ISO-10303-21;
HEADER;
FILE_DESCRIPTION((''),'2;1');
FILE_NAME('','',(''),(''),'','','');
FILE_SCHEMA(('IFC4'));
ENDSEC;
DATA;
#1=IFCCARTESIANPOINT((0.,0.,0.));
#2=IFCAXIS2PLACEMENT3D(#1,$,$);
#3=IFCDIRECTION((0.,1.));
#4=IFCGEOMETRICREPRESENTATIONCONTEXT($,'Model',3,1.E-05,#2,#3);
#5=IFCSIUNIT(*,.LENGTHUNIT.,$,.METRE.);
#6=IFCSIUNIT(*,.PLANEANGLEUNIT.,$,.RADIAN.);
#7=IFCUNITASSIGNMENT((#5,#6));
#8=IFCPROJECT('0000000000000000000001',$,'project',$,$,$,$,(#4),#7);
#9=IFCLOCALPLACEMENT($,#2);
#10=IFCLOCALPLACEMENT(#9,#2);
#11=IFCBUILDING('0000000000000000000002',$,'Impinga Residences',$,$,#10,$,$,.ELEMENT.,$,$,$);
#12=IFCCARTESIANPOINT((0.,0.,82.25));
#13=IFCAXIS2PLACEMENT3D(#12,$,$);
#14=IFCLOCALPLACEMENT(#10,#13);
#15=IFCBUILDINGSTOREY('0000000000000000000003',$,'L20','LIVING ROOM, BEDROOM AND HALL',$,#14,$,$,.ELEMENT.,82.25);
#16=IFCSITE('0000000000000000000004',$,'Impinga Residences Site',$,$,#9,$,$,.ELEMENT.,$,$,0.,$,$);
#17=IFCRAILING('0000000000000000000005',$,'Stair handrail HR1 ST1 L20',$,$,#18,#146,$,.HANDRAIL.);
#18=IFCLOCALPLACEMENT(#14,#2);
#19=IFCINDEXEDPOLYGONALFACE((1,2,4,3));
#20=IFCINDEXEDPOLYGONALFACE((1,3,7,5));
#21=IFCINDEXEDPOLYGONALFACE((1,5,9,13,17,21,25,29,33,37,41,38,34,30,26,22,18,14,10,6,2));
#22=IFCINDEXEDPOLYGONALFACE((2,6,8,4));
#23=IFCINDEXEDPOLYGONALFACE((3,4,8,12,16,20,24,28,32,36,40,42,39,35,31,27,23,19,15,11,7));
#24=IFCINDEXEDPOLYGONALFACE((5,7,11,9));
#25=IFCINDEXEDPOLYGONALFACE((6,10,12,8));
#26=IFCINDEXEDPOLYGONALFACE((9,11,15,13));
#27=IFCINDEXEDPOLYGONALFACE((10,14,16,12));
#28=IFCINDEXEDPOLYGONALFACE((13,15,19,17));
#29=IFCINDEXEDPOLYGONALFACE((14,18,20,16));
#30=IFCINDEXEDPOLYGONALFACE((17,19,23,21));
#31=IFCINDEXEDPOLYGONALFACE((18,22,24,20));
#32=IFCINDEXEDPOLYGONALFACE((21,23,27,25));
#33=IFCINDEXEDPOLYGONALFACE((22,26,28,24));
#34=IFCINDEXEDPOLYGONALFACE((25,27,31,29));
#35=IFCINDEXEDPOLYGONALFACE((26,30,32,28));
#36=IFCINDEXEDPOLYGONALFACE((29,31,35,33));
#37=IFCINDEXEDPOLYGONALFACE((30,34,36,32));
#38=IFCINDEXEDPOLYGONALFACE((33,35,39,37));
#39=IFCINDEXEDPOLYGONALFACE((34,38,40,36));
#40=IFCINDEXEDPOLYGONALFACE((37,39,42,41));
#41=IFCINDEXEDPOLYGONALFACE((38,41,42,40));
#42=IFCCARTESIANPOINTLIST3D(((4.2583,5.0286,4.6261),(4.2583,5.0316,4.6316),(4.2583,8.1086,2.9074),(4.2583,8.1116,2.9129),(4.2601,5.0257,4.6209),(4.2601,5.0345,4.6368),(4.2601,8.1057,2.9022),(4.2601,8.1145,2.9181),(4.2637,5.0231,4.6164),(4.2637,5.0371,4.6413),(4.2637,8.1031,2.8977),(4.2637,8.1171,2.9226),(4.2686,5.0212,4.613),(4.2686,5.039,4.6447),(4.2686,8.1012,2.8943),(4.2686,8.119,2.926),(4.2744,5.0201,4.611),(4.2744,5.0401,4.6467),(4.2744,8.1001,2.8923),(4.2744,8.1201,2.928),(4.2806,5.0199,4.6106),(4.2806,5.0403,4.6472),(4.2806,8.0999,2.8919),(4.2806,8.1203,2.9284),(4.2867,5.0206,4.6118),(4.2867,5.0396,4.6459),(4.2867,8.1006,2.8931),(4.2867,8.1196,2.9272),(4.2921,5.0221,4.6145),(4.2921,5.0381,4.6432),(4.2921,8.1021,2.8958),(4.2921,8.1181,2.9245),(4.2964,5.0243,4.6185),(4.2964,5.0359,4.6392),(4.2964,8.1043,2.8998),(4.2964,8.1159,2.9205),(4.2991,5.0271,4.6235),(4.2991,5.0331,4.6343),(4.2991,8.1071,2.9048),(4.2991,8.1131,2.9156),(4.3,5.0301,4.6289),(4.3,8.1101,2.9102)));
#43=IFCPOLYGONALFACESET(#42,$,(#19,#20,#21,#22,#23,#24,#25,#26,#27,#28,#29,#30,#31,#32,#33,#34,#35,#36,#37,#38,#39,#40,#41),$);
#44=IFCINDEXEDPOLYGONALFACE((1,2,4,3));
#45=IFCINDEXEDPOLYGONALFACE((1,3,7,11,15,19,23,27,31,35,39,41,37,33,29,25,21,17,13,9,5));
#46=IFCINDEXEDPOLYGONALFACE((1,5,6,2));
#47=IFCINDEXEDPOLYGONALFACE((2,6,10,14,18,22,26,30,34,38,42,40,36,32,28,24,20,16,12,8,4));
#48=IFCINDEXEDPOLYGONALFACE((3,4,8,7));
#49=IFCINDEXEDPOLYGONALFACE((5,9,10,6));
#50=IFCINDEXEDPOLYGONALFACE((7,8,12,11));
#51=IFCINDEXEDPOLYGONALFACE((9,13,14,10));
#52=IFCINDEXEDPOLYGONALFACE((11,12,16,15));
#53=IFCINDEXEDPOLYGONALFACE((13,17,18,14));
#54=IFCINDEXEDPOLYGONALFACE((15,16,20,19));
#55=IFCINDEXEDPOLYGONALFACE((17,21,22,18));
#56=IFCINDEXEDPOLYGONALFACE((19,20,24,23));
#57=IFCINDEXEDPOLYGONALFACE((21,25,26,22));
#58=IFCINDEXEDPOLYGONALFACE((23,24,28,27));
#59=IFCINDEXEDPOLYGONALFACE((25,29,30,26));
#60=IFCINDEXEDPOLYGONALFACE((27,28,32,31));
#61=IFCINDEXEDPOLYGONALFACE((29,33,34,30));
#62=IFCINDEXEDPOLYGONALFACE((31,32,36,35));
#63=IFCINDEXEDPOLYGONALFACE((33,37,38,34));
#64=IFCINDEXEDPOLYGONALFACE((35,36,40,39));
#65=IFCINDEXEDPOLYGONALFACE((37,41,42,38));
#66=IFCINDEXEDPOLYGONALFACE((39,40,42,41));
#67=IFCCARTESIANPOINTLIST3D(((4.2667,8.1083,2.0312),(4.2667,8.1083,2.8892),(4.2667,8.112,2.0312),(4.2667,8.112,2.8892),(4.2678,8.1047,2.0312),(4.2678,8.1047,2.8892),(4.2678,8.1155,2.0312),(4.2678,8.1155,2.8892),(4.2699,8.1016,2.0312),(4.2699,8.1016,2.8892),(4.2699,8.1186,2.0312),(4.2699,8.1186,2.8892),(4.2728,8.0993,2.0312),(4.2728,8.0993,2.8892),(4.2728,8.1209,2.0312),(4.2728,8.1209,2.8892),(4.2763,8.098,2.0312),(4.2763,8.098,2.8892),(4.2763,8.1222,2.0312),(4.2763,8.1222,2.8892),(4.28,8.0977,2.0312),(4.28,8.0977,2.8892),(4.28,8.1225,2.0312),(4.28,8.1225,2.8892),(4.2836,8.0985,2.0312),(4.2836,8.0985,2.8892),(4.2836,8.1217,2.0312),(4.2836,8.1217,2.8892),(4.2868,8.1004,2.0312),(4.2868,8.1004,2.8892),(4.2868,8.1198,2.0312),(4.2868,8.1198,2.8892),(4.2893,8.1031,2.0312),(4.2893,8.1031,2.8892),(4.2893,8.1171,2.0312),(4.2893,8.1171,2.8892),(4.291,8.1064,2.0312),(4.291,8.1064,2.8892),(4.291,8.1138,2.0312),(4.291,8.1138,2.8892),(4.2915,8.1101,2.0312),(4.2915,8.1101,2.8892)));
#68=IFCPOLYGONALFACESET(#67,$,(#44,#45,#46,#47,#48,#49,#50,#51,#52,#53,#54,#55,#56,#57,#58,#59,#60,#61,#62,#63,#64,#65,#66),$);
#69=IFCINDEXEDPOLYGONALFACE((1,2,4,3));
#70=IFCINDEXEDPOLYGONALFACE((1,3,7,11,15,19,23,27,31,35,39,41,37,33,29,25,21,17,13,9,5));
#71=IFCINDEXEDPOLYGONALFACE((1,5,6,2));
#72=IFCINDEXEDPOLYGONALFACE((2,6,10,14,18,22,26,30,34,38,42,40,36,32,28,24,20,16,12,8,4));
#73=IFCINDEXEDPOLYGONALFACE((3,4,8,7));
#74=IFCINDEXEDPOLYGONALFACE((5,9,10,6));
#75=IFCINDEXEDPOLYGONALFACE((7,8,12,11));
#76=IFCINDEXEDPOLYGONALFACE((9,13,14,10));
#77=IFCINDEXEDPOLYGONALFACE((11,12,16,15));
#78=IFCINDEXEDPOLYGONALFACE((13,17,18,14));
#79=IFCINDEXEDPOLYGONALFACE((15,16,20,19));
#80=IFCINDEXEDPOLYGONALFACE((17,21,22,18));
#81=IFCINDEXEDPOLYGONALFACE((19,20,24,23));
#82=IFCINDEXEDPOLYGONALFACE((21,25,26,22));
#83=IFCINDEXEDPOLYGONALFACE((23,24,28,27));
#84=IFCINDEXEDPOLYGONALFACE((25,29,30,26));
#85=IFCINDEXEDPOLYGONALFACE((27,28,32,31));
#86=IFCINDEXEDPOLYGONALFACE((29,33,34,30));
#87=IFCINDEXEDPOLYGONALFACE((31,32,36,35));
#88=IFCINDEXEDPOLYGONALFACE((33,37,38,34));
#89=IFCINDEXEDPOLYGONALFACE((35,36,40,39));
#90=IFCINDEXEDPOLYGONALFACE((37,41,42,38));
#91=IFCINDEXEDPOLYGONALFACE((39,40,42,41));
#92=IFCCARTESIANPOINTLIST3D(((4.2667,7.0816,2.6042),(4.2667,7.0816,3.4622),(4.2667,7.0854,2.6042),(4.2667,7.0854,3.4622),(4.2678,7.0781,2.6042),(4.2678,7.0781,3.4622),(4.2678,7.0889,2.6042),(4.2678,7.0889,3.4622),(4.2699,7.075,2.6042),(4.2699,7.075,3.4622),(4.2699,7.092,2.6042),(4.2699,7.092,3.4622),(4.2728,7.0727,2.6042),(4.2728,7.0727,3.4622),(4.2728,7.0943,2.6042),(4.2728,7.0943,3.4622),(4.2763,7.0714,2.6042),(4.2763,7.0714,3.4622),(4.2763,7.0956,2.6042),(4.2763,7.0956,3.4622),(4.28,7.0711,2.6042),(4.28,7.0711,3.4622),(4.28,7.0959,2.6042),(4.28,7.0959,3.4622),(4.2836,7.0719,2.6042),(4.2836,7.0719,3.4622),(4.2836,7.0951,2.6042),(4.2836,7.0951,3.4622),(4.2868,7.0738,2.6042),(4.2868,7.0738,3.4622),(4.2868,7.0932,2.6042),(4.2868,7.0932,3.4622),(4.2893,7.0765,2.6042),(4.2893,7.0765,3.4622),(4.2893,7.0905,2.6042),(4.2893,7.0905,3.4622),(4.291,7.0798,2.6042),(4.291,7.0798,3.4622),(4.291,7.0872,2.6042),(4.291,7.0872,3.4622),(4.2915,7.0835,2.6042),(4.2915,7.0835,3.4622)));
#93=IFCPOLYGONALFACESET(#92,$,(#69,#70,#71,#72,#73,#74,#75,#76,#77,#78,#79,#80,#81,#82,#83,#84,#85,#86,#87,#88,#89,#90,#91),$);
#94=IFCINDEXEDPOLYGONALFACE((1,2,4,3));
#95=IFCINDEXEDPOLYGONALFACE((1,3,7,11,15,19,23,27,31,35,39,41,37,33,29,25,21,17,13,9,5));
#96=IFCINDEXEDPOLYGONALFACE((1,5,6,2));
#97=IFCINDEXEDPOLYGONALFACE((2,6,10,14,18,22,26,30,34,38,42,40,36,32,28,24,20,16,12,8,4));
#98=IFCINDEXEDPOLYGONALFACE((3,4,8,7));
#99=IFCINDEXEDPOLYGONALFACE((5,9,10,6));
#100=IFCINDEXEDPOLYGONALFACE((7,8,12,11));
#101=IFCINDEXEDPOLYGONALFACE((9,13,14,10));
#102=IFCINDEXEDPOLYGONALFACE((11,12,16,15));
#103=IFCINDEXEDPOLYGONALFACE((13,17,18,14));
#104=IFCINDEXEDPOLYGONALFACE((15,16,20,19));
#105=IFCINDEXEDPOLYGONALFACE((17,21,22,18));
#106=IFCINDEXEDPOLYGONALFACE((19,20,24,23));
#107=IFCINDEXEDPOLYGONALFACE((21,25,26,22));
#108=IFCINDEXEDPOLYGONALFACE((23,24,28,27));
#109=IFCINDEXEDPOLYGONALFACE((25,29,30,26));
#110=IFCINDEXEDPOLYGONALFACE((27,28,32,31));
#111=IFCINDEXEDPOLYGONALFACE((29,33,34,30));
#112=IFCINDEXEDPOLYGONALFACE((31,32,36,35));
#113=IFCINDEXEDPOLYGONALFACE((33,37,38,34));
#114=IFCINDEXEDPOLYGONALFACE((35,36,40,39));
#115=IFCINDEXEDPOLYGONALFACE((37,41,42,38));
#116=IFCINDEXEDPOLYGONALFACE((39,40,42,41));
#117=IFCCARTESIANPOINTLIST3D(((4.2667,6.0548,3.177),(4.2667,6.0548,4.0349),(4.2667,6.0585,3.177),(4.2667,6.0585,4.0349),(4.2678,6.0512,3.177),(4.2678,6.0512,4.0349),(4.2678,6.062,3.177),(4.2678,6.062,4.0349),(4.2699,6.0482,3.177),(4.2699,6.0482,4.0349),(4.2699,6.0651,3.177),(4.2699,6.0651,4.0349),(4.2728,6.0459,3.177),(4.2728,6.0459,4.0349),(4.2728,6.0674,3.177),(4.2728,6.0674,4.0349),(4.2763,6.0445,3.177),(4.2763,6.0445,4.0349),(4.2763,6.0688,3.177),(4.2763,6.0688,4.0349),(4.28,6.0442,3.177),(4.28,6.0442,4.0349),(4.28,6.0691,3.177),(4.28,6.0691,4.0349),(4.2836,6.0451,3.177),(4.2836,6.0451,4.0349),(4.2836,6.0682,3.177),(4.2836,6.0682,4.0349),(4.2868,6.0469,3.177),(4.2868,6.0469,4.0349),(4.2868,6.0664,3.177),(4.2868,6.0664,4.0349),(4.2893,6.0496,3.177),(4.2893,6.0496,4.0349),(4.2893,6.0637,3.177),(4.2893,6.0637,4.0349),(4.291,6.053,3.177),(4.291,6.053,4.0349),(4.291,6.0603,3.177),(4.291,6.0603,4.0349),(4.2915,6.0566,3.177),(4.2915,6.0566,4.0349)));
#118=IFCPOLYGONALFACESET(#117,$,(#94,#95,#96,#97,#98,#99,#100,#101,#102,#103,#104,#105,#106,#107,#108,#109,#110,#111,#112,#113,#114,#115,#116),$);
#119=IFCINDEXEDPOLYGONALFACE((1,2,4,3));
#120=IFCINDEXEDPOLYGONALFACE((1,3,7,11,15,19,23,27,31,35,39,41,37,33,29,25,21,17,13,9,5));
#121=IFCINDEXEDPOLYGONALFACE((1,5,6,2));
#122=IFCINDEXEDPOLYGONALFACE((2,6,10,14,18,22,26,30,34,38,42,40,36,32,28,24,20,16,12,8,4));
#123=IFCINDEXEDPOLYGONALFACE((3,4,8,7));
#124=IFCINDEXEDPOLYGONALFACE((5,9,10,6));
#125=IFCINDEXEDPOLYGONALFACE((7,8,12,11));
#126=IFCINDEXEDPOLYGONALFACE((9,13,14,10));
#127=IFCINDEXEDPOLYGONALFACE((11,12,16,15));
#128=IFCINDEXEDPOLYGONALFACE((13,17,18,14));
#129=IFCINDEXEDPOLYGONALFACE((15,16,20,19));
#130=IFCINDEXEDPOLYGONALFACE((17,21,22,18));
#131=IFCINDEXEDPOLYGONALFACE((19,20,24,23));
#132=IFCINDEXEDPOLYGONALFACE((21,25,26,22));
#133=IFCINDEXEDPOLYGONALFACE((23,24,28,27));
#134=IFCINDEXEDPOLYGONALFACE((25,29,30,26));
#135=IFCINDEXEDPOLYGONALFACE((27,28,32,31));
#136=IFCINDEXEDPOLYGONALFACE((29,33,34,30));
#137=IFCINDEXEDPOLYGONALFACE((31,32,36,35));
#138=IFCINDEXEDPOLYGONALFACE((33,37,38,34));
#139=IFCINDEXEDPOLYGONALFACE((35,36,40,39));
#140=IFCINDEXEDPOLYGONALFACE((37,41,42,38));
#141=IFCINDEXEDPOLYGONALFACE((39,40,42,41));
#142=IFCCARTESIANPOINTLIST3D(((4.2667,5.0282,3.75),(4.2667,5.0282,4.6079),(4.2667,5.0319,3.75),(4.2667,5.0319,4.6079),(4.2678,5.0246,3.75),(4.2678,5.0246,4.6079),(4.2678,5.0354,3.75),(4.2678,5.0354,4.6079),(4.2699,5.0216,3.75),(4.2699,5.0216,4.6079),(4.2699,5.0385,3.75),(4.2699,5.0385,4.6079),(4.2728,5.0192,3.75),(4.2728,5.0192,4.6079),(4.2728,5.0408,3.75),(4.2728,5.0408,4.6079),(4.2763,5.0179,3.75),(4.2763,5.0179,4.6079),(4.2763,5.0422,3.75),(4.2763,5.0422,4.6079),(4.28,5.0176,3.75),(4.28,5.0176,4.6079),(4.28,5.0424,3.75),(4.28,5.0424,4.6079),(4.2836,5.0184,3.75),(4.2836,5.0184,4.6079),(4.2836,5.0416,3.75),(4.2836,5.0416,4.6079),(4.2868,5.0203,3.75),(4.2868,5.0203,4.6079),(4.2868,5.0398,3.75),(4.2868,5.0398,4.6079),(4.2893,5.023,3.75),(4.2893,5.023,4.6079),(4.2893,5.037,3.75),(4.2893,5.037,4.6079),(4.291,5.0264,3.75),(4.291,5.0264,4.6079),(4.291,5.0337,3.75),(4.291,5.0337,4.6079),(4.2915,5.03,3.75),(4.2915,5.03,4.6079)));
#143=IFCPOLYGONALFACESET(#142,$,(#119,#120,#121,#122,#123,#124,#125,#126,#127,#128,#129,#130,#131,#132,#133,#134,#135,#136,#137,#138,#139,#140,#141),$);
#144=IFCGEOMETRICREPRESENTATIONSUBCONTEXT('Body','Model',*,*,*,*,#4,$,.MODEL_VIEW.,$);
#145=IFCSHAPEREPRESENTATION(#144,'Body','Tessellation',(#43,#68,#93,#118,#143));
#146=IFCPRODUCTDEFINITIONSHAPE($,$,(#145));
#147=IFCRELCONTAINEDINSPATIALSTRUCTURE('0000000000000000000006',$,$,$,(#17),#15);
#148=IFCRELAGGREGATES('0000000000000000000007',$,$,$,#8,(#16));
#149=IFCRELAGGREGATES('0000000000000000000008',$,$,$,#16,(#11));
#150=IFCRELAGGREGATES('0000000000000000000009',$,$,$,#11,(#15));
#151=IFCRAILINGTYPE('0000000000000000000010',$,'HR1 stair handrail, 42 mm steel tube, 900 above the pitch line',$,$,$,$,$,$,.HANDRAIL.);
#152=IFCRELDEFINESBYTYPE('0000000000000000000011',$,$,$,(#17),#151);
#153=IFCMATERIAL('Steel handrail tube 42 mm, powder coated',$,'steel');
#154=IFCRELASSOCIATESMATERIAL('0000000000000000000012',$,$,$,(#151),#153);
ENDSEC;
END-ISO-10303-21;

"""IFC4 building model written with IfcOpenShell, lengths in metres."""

from ifc_helpers import new_model, si_unit, direction, frame, origin, origin_2d, place, context, subcontext, project, spatial, circle, extrude, material, type_object, element, save


model = new_model("IFC4")

# Units and contexts
model_context = context("Model", 3, precision=1e-05, world=origin(), true_north=direction((0.0, 1.0)))
body_context = subcontext(model_context, "Body", "Model", "MODEL_VIEW")
ifc_project = project(units=[si_unit("LENGTHUNIT", "METRE"), si_unit("PLANEANGLEUNIT", "RADIAN")], contexts=[model_context])

# Site, building, storey
site_placement = place(None, origin())
site = spatial("IfcSite", under=ifc_project, at=site_placement, Name="Impinga Residences Site", CompositionType="ELEMENT", RefElevation=0.0)
building_placement = place(site_placement, origin())
building = spatial("IfcBuilding", under=site, at=building_placement, Name="Impinga Residences", CompositionType="ELEMENT")
storey_placement = place(building_placement, frame((0.0, 0.0, 82.25)))
storey = spatial("IfcBuildingStorey", under=building, at=storey_placement, Name="L20", Description="LIVING ROOM, BEDROOM AND HALL", CompositionType="ELEMENT", Elevation=82.25)

# Railing
ifc_material_1 = material(Name="Steel handrail tube 42 mm, powder coated", Category="steel")
railing_type_1 = type_object("IfcRailingType", Name="HR1 stair handrail, 42 mm steel tube, 900 above the pitch line", PredefinedType="HANDRAIL", material=ifc_material_1)
railing_1_placement = place(storey_placement, frame((4.2791, 8.1101, 2.0312)))
element("IfcRailing", 1, at=railing_1_placement, inside=storey, type_object=railing_type_1, Name="Stair handrail HR1 ST1 L20", PredefinedType="HANDRAIL", context=body_context, shape_type="SweptSolid", body=[
    extrude(circle(Radius=0.021, at=origin_2d()), frame((0.0, 0.0, 0.8789), z_axis=(0.0, -0.873242, 0.487288), x_axis=(1.0, 0.0, 0.0)), (0.0, 0.0, 1.0), 3.5271),
    extrude(circle(Radius=0.0125, at=origin_2d()), origin(), (0.0, 0.0, 1.0), 0.8579),
    extrude(circle(Radius=0.0125, at=origin_2d()), frame((0.0, -1.0266, 0.573)), (0.0, 0.0, 1.0), 0.8579),
    extrude(circle(Radius=0.0125, at=origin_2d()), frame((0.0, -2.0535, 1.1458)), (0.0, 0.0, 1.0), 0.8579),
    extrude(circle(Radius=0.0125, at=origin_2d()), frame((0.0, -3.0801, 1.7188)), (0.0, 0.0, 1.0), 0.8579),
])

save(model, "model.ifc")
